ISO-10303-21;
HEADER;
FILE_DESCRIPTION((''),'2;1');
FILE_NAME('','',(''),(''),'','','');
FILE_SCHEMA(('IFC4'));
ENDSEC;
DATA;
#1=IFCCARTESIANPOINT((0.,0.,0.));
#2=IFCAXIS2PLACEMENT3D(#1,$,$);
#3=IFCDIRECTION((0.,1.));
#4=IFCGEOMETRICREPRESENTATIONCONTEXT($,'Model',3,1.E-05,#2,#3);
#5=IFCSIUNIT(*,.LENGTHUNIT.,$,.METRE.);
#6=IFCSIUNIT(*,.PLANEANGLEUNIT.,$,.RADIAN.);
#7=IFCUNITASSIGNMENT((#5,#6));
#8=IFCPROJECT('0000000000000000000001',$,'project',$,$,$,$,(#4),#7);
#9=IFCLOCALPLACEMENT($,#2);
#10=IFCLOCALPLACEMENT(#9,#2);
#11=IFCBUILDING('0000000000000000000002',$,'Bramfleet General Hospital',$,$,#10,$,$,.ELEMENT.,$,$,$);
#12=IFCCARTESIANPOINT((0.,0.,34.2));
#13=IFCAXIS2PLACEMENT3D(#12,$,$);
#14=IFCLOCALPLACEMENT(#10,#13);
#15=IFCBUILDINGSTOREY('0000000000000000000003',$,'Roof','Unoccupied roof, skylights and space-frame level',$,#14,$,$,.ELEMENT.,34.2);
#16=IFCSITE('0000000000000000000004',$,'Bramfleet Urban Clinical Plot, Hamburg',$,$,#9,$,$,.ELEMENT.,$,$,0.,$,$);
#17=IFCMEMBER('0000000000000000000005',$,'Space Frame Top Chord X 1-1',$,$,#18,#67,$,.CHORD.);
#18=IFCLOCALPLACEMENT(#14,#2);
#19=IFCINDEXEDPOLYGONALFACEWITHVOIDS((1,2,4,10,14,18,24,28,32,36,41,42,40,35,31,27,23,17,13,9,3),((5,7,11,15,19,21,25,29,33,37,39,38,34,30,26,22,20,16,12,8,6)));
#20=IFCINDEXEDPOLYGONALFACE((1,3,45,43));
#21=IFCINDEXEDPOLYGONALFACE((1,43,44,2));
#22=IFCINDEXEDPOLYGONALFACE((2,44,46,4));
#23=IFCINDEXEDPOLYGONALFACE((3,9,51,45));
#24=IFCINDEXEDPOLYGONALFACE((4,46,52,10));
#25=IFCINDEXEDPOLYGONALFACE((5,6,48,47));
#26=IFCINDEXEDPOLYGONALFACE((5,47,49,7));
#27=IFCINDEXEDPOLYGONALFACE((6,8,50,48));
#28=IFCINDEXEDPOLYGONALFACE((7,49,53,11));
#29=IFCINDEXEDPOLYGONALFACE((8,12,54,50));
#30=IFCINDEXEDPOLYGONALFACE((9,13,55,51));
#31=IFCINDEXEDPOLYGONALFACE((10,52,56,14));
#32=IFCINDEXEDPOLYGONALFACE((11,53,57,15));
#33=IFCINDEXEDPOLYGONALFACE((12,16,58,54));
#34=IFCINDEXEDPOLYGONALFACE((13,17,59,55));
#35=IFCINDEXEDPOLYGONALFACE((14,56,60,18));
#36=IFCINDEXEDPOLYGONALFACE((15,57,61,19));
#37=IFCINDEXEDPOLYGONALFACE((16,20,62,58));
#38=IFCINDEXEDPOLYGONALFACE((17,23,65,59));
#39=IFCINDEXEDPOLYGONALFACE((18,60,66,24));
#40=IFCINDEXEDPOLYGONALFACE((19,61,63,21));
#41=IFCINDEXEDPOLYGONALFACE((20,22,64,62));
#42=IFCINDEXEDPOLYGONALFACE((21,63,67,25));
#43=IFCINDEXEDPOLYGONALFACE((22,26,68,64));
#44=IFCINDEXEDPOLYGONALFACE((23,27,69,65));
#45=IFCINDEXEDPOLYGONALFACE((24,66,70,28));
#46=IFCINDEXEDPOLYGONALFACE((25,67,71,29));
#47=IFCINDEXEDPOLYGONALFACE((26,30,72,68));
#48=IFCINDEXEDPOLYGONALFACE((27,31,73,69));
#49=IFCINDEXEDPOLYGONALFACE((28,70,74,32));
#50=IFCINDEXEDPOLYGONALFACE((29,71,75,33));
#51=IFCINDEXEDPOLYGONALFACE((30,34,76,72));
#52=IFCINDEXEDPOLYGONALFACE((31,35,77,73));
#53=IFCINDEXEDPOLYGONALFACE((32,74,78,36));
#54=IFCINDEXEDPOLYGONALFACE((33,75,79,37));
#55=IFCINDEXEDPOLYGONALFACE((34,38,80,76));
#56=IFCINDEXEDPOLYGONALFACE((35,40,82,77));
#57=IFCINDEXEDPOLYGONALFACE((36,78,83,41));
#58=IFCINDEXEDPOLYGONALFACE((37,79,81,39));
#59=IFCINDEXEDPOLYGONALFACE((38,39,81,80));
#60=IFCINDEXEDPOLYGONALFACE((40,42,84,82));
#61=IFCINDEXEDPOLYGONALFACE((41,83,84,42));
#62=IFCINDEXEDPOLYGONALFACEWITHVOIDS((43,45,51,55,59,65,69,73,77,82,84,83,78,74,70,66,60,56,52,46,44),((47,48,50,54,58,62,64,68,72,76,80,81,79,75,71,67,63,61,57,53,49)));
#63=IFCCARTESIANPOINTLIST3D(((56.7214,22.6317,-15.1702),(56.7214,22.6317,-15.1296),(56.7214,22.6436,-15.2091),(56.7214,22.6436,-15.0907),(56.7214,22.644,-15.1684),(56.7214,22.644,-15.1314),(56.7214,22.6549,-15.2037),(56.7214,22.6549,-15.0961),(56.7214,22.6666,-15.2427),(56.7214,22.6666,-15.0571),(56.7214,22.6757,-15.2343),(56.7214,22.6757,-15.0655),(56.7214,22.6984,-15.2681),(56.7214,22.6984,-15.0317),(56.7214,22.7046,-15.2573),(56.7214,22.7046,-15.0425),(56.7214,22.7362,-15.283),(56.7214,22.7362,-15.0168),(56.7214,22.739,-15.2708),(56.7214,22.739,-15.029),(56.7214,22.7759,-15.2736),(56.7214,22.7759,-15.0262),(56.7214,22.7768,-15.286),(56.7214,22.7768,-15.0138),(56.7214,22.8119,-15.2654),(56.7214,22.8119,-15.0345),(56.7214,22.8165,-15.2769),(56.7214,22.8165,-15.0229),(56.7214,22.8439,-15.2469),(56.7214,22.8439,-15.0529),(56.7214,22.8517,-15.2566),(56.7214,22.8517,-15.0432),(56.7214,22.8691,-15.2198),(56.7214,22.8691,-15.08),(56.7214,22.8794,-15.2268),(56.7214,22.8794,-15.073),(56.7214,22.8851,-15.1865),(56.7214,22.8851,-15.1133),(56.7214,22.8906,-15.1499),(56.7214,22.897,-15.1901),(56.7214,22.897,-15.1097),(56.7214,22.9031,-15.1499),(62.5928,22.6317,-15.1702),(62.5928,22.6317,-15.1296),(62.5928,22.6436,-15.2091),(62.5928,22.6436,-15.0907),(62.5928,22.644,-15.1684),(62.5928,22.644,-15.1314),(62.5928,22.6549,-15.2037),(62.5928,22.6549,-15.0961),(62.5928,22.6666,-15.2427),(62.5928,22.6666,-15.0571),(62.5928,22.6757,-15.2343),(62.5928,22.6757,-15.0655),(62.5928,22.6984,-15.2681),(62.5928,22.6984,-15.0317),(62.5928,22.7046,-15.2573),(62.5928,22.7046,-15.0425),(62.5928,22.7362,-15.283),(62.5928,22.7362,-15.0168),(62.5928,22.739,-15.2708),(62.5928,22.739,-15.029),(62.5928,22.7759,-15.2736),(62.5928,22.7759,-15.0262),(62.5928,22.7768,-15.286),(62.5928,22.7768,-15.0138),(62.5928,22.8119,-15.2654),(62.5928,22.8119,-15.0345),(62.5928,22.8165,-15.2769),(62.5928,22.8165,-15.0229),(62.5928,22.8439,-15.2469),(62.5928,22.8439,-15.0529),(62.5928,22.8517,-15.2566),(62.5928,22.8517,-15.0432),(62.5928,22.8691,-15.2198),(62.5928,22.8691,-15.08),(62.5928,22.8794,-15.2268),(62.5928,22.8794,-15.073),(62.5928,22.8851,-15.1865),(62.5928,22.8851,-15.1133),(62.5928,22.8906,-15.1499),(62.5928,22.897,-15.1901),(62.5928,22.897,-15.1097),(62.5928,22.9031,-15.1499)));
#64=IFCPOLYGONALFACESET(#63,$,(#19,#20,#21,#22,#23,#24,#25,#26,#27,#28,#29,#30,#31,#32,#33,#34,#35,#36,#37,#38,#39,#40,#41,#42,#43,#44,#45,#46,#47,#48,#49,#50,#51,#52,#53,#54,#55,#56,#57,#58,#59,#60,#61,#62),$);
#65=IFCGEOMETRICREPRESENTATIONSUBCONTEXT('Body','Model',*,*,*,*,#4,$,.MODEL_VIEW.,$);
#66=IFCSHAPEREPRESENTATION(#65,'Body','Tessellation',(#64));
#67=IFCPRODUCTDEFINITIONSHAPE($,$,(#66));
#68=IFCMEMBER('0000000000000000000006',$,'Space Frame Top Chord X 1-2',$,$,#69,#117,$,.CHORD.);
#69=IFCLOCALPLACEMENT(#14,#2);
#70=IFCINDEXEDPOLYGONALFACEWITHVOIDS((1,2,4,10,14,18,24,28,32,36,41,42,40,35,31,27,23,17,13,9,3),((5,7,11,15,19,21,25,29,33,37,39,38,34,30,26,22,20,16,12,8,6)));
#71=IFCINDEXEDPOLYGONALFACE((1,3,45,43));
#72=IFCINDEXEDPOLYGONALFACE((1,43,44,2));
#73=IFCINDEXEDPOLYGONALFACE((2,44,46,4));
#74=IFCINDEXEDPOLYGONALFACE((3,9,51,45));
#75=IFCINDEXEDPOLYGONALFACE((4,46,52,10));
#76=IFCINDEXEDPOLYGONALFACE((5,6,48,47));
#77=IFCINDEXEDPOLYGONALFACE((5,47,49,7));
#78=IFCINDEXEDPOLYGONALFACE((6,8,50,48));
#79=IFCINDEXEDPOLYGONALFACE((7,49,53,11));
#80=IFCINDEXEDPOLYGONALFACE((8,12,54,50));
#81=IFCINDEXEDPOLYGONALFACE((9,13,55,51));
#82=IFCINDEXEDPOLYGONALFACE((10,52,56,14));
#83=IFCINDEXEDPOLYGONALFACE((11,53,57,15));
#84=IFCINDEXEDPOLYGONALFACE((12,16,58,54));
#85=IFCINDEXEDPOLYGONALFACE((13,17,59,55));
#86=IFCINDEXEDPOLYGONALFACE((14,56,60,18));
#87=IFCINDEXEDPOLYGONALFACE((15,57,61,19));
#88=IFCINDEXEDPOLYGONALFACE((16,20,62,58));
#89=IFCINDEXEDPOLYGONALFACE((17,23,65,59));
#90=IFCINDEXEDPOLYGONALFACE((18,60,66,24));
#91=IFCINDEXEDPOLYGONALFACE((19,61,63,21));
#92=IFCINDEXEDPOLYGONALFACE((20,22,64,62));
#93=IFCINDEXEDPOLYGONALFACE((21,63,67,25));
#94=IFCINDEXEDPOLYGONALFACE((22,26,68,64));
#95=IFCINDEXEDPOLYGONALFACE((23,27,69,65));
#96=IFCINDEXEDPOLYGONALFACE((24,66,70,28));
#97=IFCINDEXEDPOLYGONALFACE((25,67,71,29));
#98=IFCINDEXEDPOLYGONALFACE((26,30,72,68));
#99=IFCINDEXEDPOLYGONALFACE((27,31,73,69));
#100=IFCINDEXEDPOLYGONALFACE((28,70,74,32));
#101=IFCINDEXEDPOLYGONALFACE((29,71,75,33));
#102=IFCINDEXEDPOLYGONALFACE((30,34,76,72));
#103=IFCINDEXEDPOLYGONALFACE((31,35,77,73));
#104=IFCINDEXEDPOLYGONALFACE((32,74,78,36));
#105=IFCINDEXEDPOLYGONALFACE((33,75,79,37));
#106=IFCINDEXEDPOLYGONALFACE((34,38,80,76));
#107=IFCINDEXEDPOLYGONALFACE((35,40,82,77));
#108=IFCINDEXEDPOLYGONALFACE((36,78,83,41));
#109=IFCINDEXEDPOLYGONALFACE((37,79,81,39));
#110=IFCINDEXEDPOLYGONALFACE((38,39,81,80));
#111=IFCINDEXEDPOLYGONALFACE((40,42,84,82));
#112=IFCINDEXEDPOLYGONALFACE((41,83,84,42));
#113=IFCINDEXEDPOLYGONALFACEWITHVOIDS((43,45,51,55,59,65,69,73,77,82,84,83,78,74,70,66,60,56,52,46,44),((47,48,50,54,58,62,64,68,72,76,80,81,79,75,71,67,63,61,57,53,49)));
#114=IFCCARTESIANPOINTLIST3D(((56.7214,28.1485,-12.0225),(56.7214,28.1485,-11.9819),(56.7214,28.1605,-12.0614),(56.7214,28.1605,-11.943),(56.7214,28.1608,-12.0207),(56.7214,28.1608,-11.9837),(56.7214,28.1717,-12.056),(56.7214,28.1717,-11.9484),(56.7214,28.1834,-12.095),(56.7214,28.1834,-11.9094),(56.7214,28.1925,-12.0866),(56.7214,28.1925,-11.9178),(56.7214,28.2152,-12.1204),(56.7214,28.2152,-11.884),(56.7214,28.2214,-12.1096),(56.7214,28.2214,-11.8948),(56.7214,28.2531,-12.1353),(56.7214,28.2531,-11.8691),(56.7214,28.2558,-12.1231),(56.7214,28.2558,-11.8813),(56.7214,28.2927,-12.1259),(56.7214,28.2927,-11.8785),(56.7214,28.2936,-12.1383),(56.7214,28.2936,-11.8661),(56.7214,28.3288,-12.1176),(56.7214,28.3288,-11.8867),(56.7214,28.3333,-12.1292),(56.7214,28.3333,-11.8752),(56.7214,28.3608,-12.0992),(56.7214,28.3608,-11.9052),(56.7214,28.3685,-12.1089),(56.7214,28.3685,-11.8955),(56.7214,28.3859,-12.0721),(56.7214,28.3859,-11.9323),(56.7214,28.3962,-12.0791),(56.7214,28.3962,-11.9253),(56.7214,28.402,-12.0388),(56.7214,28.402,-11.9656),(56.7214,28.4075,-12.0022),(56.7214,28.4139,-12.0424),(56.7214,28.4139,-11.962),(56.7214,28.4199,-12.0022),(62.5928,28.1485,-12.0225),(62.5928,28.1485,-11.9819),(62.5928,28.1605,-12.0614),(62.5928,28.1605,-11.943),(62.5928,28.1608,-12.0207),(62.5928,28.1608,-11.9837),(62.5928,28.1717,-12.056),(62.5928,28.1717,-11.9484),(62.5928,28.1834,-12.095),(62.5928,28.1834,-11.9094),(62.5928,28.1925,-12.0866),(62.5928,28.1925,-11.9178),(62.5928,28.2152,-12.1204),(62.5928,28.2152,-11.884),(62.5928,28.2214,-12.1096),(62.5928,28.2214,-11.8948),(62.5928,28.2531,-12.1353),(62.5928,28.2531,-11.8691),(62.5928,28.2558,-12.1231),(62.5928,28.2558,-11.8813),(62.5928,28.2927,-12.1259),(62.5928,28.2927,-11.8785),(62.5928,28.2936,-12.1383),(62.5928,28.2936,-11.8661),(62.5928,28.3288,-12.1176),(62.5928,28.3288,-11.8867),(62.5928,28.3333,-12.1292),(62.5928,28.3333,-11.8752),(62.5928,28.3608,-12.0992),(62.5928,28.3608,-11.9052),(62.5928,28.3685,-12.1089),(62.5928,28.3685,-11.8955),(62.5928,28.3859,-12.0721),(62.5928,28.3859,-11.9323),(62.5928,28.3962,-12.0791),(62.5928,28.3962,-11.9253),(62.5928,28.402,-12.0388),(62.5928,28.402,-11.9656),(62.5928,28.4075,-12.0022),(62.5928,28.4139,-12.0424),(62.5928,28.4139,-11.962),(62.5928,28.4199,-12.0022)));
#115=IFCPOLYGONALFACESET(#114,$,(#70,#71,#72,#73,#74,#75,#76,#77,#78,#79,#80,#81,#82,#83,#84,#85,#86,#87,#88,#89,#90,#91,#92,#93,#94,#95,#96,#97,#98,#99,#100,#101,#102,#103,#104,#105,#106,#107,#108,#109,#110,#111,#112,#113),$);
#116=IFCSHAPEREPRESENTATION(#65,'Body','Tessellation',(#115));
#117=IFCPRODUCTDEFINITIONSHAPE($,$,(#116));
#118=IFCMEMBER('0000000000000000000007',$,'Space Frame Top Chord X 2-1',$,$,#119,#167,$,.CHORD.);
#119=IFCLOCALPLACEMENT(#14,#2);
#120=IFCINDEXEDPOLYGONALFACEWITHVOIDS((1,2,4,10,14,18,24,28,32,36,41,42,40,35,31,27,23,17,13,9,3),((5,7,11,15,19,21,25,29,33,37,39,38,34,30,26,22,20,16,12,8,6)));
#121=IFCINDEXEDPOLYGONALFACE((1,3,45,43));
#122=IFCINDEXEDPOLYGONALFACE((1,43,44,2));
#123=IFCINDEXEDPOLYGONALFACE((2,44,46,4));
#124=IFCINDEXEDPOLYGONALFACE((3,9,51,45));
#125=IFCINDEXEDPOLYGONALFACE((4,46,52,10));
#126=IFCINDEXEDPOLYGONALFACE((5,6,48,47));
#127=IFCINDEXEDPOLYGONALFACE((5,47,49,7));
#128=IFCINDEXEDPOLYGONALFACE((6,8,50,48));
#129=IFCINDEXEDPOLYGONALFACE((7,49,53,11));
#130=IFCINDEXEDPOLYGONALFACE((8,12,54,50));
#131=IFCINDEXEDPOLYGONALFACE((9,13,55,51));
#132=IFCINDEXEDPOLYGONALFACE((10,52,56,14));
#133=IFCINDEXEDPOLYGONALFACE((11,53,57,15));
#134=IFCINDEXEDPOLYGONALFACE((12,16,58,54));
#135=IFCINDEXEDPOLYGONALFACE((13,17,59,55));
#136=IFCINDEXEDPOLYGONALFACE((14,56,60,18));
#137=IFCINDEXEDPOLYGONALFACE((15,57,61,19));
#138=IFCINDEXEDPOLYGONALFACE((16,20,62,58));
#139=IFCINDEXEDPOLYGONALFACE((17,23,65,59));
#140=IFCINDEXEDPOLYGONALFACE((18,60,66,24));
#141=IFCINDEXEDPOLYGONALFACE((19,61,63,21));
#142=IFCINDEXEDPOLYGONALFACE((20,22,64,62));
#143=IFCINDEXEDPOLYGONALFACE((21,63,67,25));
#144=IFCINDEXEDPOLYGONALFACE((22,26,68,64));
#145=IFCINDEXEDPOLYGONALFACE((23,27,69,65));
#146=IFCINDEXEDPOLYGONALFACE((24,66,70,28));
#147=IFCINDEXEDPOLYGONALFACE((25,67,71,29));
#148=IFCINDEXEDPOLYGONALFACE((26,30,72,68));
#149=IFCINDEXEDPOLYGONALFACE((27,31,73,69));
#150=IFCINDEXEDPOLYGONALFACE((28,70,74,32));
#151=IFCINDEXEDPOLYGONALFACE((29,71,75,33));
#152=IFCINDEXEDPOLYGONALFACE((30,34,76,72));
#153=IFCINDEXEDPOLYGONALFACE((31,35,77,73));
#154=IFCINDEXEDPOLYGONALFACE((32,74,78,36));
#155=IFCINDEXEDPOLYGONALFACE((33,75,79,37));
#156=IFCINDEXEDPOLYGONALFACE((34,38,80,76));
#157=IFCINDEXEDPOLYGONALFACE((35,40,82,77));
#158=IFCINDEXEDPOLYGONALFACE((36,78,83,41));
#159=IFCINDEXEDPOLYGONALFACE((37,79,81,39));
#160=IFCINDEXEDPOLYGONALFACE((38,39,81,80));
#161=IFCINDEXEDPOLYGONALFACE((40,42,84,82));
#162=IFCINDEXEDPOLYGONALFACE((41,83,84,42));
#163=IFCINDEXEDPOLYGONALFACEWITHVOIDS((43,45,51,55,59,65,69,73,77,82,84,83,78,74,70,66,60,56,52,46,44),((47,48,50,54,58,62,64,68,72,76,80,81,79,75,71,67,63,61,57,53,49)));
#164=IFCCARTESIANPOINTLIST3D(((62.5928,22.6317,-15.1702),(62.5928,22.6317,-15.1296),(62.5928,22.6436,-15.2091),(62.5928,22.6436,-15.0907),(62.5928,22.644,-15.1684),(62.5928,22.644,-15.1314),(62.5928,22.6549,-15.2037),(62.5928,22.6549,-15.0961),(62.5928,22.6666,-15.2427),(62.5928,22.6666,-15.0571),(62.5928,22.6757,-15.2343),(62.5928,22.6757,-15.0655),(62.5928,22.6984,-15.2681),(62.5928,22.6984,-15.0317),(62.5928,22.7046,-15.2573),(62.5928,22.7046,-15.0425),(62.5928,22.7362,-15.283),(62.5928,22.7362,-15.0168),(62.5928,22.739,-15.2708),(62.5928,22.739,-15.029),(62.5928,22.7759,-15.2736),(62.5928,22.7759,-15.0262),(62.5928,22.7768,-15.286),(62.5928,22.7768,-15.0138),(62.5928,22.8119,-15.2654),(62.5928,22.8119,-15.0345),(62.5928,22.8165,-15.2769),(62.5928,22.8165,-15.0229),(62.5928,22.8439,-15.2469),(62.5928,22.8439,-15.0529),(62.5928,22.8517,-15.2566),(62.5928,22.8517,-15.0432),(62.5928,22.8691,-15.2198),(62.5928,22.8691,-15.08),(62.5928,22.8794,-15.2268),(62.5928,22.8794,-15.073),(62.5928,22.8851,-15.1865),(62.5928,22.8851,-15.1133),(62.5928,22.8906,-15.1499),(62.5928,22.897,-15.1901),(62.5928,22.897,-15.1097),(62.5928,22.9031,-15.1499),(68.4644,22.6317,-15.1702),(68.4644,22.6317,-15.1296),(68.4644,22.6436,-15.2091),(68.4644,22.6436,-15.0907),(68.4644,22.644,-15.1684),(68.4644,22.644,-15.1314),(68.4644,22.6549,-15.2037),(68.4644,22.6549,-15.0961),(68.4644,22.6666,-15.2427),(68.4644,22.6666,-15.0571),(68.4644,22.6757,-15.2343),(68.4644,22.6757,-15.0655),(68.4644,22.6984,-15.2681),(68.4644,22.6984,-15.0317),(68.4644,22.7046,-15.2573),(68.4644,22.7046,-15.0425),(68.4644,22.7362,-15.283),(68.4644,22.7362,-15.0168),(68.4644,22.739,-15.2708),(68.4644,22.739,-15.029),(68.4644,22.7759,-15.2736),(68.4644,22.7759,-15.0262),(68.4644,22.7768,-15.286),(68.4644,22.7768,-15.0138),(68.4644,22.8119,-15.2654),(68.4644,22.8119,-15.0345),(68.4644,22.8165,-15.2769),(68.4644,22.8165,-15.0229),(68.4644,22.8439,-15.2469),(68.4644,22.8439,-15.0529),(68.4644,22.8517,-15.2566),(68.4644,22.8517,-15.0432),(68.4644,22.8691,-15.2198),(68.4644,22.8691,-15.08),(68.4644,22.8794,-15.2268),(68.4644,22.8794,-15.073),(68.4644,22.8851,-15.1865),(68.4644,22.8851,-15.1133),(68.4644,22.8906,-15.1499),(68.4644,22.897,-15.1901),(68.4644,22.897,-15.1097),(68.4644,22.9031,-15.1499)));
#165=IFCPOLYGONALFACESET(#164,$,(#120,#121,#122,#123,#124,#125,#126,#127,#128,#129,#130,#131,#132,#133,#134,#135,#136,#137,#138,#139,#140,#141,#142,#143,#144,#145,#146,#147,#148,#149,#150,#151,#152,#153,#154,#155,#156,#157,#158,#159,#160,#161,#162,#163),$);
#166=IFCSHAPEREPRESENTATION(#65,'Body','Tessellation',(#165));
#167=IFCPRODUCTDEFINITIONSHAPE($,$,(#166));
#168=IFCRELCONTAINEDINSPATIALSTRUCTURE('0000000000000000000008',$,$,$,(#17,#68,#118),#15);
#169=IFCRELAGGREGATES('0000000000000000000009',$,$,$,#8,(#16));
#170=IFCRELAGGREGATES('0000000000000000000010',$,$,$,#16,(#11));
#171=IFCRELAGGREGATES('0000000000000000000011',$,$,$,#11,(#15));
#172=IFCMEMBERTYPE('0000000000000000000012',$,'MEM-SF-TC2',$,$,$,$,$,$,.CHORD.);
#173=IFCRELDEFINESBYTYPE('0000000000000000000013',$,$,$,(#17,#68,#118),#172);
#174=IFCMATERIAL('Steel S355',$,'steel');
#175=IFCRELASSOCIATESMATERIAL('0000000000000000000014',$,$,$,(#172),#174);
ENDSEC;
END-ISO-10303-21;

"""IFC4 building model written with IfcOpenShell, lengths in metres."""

from ifc_helpers import new_model, si_unit, direction, frame, origin, origin_2d, place, context, subcontext, project, spatial, hollow_circle, extrude, material, material_profile, profile_set, type_object, element, save


model = new_model("IFC4")

# Units and contexts
model_context = context("Model", 3, precision=1e-05, world=origin(), true_north=direction((0.0, 1.0)))
body_context = subcontext(model_context, "Body", "Model", "MODEL_VIEW")
ifc_project = project(units=[si_unit("LENGTHUNIT", "METRE"), si_unit("PLANEANGLEUNIT", "RADIAN")], contexts=[model_context])

# Site, building, storey
site_placement = place(None, origin())
site = spatial("IfcSite", under=ifc_project, at=site_placement, Name="Bramfleet Urban Clinical Plot, Hamburg", CompositionType="ELEMENT", RefElevation=0.0)
building_placement = place(site_placement, origin())
building = spatial("IfcBuilding", under=site, at=building_placement, Name="Bramfleet General Hospital", CompositionType="ELEMENT")
storey_placement = place(building_placement, frame((0.0, 0.0, 34.2)))
storey = spatial("IfcBuildingStorey", under=building, at=storey_placement, Name="Roof", Description="Unoccupied roof, skylights and space-frame level", CompositionType="ELEMENT", Elevation=34.2)

# Members
ifc_material = material(Name="Steel S355", Category="steel")
ifc_material_profile_1 = material_profile(ifc_material, hollow_circle(Radius=0.1365, WallThickness=0.0125, at=origin_2d()), Name="CHS 273.0x12.5")
ifc_profile_set_1 = profile_set([ifc_material_profile_1], Name="Steel S355")
member_type_1 = type_object("IfcMemberType", Name="MEM-SF-TC2", PredefinedType="CHORD", material=ifc_profile_set_1)
for number, where, z_axis, x_axis, name in (
    (1, (56.7214, 22.7666, -15.1499), (1.0, 0.0, 0.0), (0.0, 1.0, 0.0), "Space Frame Top Chord X 1-1"),
    (2, (56.7214, 28.2834, -12.0022), (1.0, 0.0, 0.0), (0.0, 1.0, 0.0), "Space Frame Top Chord X 1-2"),
):
    element("IfcMember", number, at=place(storey_placement, frame(where, z_axis=z_axis, x_axis=x_axis)), inside=storey, type_object=member_type_1, Name=name, PredefinedType="CHORD", context=body_context, shape_type="SweptSolid", body=[
        extrude(hollow_circle(Radius=0.1365, WallThickness=0.0125, at=origin_2d()), origin(), (0.0, 0.0, 1.0), 5.8713),
    ])
member_1_placement = place(storey_placement, frame((62.5928, 22.7666, -15.1499), z_axis=(1.0, 0.0, 0.0), x_axis=(0.0, 1.0, 0.0)))
element("IfcMember", 3, at=member_1_placement, inside=storey, type_object=member_type_1, Name="Space Frame Top Chord X 2-1", PredefinedType="CHORD", context=body_context, shape_type="SweptSolid", body=[
    extrude(hollow_circle(Radius=0.1365, WallThickness=0.0125, at=origin_2d()), origin(), (0.0, 0.0, 1.0), 5.8716),
])

save(model, "model.ifc")
